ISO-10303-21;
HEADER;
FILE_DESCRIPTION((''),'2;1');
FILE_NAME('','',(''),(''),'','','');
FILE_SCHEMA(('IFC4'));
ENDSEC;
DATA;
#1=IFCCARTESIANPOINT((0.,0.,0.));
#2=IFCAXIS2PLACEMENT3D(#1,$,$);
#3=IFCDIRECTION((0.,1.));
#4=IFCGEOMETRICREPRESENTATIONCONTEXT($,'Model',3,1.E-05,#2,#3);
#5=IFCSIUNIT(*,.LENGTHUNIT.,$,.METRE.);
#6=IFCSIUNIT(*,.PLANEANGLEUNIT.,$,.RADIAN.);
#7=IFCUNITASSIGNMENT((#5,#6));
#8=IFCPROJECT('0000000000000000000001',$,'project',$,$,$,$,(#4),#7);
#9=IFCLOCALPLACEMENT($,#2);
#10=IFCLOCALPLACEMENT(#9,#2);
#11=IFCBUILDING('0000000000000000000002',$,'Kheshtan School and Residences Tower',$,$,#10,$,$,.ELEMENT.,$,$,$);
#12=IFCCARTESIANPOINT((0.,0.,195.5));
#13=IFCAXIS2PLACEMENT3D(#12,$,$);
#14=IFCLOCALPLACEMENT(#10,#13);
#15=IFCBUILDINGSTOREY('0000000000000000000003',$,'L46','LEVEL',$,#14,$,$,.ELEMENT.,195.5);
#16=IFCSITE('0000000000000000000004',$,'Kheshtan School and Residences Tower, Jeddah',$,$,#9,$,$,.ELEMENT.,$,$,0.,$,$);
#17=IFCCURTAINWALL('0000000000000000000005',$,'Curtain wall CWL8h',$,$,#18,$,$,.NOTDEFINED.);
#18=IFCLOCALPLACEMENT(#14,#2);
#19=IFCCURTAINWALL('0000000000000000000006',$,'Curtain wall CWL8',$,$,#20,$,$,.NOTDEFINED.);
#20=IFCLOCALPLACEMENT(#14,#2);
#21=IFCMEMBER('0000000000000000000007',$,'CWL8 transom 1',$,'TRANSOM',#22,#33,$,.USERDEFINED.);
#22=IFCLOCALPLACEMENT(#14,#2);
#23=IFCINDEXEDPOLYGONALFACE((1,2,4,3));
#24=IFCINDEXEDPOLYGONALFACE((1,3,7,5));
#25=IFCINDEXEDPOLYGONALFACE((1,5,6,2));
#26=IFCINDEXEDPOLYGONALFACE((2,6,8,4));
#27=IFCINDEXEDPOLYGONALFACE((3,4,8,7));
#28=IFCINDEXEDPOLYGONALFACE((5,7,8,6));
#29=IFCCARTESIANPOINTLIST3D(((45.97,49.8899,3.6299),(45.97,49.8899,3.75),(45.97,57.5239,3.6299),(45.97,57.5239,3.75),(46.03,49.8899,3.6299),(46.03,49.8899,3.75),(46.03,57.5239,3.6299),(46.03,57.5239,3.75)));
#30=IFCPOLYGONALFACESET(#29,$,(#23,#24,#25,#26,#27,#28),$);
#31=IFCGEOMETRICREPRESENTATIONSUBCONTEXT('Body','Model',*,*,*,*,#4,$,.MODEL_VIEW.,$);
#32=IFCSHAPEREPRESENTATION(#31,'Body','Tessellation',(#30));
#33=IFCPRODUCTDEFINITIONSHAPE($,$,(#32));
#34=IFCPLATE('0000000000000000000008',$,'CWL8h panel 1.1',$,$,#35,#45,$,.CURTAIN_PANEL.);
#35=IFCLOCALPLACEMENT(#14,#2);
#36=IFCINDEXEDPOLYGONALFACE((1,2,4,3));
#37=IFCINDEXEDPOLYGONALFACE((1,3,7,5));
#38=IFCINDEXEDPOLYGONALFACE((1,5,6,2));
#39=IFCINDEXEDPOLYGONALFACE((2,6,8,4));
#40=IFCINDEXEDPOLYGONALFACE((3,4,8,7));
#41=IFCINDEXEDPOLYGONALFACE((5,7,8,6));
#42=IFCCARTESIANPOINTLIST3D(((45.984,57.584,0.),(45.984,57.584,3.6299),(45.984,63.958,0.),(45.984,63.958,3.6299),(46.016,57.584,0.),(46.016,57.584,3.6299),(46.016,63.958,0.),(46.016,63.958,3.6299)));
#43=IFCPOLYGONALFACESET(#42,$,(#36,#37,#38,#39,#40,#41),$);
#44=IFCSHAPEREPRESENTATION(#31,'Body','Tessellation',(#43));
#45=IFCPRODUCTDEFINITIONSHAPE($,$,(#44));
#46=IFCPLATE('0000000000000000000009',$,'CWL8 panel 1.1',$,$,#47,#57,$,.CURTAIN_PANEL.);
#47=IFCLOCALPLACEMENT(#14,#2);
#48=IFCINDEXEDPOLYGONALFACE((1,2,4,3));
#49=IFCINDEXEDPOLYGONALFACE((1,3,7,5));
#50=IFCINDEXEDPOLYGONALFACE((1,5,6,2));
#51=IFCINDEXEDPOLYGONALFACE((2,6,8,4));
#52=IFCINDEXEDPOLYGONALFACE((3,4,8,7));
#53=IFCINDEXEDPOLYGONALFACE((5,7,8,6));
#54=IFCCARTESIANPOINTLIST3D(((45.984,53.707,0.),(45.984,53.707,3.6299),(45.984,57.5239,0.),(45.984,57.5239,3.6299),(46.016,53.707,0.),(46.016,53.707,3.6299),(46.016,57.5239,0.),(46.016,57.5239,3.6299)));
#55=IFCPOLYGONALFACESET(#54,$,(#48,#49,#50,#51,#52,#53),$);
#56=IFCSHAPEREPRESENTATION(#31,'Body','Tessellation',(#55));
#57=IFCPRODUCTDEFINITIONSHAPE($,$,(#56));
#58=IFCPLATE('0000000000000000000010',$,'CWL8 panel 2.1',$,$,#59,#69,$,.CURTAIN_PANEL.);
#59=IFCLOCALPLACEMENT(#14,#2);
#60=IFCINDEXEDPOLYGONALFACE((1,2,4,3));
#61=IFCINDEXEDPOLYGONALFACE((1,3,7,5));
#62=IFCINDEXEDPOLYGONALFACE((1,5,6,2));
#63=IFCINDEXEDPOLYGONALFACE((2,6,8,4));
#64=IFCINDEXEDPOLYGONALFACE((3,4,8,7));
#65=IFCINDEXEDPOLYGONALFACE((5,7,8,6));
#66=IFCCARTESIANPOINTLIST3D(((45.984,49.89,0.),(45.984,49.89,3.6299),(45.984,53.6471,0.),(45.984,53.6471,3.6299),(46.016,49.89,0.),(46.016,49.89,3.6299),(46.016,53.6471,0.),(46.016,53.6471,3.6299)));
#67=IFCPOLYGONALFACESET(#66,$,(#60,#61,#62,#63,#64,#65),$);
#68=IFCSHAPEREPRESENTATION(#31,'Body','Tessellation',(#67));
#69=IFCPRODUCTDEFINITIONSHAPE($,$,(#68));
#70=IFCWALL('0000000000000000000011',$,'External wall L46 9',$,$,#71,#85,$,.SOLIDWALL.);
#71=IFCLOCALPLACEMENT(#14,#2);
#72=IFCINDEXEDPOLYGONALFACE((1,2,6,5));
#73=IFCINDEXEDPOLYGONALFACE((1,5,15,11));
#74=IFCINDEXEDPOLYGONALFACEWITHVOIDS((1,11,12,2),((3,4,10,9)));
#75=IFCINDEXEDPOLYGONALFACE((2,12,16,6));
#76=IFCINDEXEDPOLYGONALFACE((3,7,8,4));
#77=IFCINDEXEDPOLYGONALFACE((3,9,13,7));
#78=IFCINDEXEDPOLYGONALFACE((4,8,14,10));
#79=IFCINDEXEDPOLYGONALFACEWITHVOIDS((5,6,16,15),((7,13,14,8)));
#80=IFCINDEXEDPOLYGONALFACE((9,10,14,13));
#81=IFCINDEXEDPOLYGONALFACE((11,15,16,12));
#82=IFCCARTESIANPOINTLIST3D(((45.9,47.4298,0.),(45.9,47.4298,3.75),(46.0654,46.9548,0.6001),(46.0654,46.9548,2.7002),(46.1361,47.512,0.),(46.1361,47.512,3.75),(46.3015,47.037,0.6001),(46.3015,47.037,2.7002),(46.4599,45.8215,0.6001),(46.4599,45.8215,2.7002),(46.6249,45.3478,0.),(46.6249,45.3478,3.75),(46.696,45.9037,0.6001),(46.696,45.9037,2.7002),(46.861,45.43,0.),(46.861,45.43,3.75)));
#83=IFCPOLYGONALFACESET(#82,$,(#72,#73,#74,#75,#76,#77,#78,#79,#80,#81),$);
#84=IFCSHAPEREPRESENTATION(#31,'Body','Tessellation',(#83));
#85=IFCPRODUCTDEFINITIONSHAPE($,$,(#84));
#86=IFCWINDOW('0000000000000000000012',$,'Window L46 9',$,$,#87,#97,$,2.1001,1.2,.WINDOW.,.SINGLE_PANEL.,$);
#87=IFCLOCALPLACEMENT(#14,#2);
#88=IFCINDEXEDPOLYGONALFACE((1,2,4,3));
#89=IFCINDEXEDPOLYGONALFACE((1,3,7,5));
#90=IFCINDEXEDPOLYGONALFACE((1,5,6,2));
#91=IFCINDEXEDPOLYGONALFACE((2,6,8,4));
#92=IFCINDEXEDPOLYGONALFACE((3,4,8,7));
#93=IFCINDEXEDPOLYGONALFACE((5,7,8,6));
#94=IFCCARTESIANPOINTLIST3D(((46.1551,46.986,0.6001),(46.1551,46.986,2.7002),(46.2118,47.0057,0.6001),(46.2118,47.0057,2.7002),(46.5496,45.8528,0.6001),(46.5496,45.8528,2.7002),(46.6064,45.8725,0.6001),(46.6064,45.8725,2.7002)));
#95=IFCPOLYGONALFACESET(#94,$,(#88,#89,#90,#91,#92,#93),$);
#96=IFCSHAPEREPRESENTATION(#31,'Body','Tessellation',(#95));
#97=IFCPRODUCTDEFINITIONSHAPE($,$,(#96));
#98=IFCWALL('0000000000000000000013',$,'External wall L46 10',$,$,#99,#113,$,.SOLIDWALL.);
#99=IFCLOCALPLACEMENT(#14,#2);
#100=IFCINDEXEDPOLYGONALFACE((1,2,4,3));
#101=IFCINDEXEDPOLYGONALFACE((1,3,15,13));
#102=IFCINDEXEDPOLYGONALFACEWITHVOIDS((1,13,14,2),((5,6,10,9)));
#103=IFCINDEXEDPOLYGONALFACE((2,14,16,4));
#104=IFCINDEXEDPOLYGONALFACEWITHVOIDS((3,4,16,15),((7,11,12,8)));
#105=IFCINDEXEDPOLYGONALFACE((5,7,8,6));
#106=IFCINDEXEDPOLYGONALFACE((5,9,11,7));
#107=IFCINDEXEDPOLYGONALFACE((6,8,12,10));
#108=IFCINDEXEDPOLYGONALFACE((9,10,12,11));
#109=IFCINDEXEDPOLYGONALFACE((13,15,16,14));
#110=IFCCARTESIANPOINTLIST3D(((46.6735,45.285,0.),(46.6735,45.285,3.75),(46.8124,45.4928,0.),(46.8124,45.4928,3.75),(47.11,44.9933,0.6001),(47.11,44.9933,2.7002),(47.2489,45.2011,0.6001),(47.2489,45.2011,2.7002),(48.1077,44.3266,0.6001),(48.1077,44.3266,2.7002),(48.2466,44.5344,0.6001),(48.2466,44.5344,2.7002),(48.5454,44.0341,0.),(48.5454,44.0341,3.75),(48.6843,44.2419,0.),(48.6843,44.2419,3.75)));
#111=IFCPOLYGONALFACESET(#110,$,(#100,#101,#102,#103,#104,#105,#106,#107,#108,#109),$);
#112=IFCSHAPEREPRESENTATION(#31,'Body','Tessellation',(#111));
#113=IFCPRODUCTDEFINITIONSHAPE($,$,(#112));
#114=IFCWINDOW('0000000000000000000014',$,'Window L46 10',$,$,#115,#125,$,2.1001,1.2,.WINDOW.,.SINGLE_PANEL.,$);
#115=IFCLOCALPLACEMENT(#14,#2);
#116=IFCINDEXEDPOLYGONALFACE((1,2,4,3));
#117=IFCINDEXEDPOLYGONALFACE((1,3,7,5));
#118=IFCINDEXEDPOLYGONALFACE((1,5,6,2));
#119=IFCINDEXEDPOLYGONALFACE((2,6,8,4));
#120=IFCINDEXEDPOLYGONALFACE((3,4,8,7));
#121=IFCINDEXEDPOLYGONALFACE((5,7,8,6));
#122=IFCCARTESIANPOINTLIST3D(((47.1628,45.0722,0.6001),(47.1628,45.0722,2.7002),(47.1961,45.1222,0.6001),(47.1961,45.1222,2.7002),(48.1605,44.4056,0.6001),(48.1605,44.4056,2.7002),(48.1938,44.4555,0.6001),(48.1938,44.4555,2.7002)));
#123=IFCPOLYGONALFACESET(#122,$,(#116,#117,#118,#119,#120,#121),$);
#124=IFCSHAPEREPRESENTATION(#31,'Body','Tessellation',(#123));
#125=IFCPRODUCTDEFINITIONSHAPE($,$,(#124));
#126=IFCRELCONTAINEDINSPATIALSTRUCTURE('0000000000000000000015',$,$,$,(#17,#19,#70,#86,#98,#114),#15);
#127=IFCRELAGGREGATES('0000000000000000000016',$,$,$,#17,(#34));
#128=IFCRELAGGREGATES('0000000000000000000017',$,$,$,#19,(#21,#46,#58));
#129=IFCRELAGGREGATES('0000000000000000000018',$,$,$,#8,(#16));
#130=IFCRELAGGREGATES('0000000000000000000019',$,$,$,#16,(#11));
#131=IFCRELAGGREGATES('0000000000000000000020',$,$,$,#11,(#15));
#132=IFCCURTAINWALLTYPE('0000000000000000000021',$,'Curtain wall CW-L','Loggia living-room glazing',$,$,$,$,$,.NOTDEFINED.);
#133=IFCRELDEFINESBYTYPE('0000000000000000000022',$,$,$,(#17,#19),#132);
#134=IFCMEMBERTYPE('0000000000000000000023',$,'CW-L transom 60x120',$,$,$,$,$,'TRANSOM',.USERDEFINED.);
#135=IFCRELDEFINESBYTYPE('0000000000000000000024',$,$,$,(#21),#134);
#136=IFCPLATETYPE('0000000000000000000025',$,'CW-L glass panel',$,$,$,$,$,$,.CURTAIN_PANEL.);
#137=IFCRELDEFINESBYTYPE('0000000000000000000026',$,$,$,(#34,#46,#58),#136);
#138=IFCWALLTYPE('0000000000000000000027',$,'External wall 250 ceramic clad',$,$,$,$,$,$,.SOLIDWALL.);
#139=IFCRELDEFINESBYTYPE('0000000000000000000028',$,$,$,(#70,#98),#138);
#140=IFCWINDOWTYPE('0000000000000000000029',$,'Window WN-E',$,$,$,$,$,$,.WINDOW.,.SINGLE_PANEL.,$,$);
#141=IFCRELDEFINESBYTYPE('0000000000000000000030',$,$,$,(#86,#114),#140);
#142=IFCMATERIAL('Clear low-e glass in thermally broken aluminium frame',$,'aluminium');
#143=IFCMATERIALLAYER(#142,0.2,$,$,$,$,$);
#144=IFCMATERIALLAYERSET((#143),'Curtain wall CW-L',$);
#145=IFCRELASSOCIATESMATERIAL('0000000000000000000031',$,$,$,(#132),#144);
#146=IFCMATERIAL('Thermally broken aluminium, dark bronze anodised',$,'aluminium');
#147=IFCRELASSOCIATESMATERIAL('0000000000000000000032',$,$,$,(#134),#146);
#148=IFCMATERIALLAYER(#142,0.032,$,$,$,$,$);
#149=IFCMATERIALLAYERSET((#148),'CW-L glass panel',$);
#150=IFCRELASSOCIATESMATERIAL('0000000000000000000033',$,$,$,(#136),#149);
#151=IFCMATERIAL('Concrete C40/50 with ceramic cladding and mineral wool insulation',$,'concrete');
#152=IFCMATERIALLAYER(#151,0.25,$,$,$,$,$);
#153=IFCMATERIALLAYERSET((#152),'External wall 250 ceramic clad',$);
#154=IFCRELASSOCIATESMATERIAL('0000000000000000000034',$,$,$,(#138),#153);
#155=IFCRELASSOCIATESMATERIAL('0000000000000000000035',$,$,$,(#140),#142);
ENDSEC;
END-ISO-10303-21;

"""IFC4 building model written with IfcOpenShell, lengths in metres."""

from ifc_helpers import new_model, si_unit, direction, frame, frame_2d, origin, origin_2d, place, context, subcontext, project, spatial, rectangle, extrude, source, transform, mapped, material, layer, layer_set, material_profile, profile_set, type_object, element, fill, aggregate, save


model = new_model("IFC4")

# Units and contexts
model_context = context("Model", 3, precision=1e-05, world=origin(), true_north=direction((0.0, 1.0)))
body_context = subcontext(model_context, "Body", "Model", "MODEL_VIEW")
ifc_project = project(units=[si_unit("LENGTHUNIT", "METRE"), si_unit("PLANEANGLEUNIT", "RADIAN")], contexts=[model_context])

# Site, building, storey
site_placement = place(None, origin())
site = spatial("IfcSite", under=ifc_project, at=site_placement, Name="Kheshtan School and Residences Tower, Jeddah", CompositionType="ELEMENT", RefElevation=0.0)
building_placement = place(site_placement, origin())
building = spatial("IfcBuilding", under=site, at=building_placement, Name="Kheshtan School and Residences Tower", CompositionType="ELEMENT")
storey_placement = place(building_placement, frame((0.0, 0.0, 195.5)))
storey = spatial("IfcBuildingStorey", under=building, at=storey_placement, Name="L46", Description="LEVEL", CompositionType="ELEMENT", Elevation=195.5)

# Curtain wall
ifc_material_1 = material(Name="Clear low-e glass in thermally broken aluminium frame", Category="aluminium")
ifc_layer_1 = layer(ifc_material_1, 0.2)
ifc_layer_set_1 = layer_set([ifc_layer_1], Name="Curtain wall CW-L")
curtain_wall_type = type_object("IfcCurtainWallType", Name="Curtain wall CW-L", Description="Loggia living-room glazing", PredefinedType="NOTDEFINED", material=ifc_layer_set_1)
curtain_wall_1_placement = place(storey_placement, origin())
curtain_wall_1 = element("IfcCurtainWall", 1, at=curtain_wall_1_placement, inside=storey, type_object=curtain_wall_type, Name="Curtain wall CWL8h", PredefinedType="NOTDEFINED")
ifc_material_2 = material(Name="Thermally broken aluminium, dark bronze anodised", Category="aluminium")

# Curtain wall, member
curtain_wall_2_placement = place(storey_placement, origin())
curtain_wall_2 = element("IfcCurtainWall", 2, at=curtain_wall_2_placement, inside=storey, type_object=curtain_wall_type, Name="Curtain wall CWL8", PredefinedType="NOTDEFINED")
ifc_material_profile_1 = material_profile(ifc_material_2, rectangle(XDim=0.0601, YDim=0.1201, at=origin_2d()), Name="CW-L transom 60x120")
ifc_profile_set_1 = profile_set([ifc_material_profile_1], Name="Thermally broken aluminium, dark bronze anodised")
member_type_1 = type_object("IfcMemberType", Name="CW-L transom 60x120", ElementType="TRANSOM", PredefinedType="USERDEFINED", material=ifc_profile_set_1)
member_1_placement = place(storey_placement, frame((46.0, 57.5239, 3.6899), z_axis=(0.0, -1.0, 0.0), x_axis=(1.0, 0.0, 0.0)))
member_1 = element("IfcMember", 3, at=member_1_placement, type_object=member_type_1, Name="CWL8 transom 1", ObjectType="TRANSOM", PredefinedType="USERDEFINED", context=body_context, shape_type="SweptSolid", body=[
    extrude(rectangle(XDim=0.0601, YDim=0.1201, at=origin_2d()), origin(), (0.0, 0.0, 1.0), 7.634),
])

# Plates
ifc_layer_2 = layer(ifc_material_1, 0.032)
ifc_layer_set_2 = layer_set([ifc_layer_2], Name="CW-L glass panel")
plate_type = type_object("IfcPlateType", Name="CW-L glass panel", PredefinedType="CURTAIN_PANEL", material=ifc_layer_set_2)
plate_1_placement = place(storey_placement, frame((46.0, 60.771, 0.0), z_axis=(0.0, 0.0, 1.0), x_axis=(0.0, -1.0, 0.0)))
plate_1 = element("IfcPlate", 4, at=plate_1_placement, type_object=plate_type, Name="CWL8h panel 1.1", PredefinedType="CURTAIN_PANEL", context=body_context, shape_type="SweptSolid", body=[
    extrude(rectangle(XDim=6.374, YDim=0.032, at=origin_2d()), origin(), (0.0, 0.0, 1.0), 3.6299),
])
aggregate(curtain_wall_1, [plate_1])
plate_2_placement = place(storey_placement, frame((46.0, 55.6155, 0.0), z_axis=(0.0, 0.0, 1.0), x_axis=(0.0, -1.0, 0.0)))
plate_2 = element("IfcPlate", 5, at=plate_2_placement, type_object=plate_type, Name="CWL8 panel 1.1", PredefinedType="CURTAIN_PANEL", context=body_context, shape_type="SweptSolid", body=[
    extrude(rectangle(XDim=3.8169, YDim=0.032, at=origin_2d()), origin(), (0.0, 0.0, 1.0), 3.6299),
])
plate_3_placement = place(storey_placement, frame((46.0, 51.7686, 0.0), z_axis=(0.0, 0.0, 1.0), x_axis=(0.0, -1.0, 0.0)))
plate_3 = element("IfcPlate", 6, at=plate_3_placement, type_object=plate_type, Name="CWL8 panel 2.1", PredefinedType="CURTAIN_PANEL", context=body_context, shape_type="SweptSolid", body=[
    extrude(rectangle(XDim=3.7571, YDim=0.032, at=origin_2d()), origin(), (0.0, 0.0, 1.0), 3.6299),
])
aggregate(curtain_wall_2, [member_1, plate_2, plate_3])

# Walls, openings, windows
ifc_material_3 = material(Name="Concrete C40/50 with ceramic cladding and mineral wool insulation", Category="concrete")
ifc_layer_3 = layer(ifc_material_3, 0.25)
ifc_layer_set_3 = layer_set([ifc_layer_3], Name="External wall 250 ceramic clad")
wall_type_1 = type_object("IfcWallType", Name="External wall 250 ceramic clad", PredefinedType="SOLIDWALL", material=ifc_layer_set_3)
wall_1_placement = place(storey_placement, frame((46.0181, 47.4709, 0.0), z_axis=(0.0, 0.0, 1.0), x_axis=(0.328791, -0.944403, 0.0)))
wall_1 = element("IfcWall", 7, at=wall_1_placement, inside=storey, type_object=wall_type_1, Name="External wall L46 9", PredefinedType="SOLIDWALL", context=body_context, shape_type="SweptSolid", body=[
    extrude(rectangle(XDim=2.2046, YDim=0.25, at=frame_2d((1.1023, 0.0))), origin(), (0.0, 0.0, 1.0), 3.75),
])
opening_1_placement = place(wall_1_placement, frame((0.5029, 0.0, 0.6001)))
opening_1 = element("IfcOpeningElement", 8, at=opening_1_placement, cuts=wall_1, PredefinedType="OPENING", context=body_context, shape_type="SweptSolid", body=[
    extrude(rectangle(XDim=1.2, YDim=2.1001, at=frame_2d((0.6001, 1.05))), frame((0.0, 0.135, 0.0), z_axis=(0.0, -1.0, 0.0), x_axis=(1.0, 0.0, 0.0)), (0.0, 0.0, 1.0), 0.27),
])
window_type = type_object("IfcWindowType", Name="Window WN-E", PartitioningType="SINGLE_PANEL", PredefinedType="WINDOW", material=ifc_material_1)
shared_shape_1 = source(origin(), body_context, "Body", "SweptSolid", [
    extrude(rectangle(XDim=1.2, YDim=2.1001, at=frame_2d((0.6001, 1.05))), frame((0.0, 0.03, 0.0), z_axis=(0.0, -1.0, 0.0), x_axis=(1.0, 0.0, 0.0)), (0.0, 0.0, 1.0), 0.0601),
])
window_1_placement = place(opening_1_placement, origin())
window_1 = element("IfcWindow", 9, at=window_1_placement, inside=storey, type_object=window_type, Name="Window L46 9", OverallHeight=2.1001, OverallWidth=1.2, PartitioningType="SINGLE_PANEL", PredefinedType="WINDOW", context=body_context, shape_type="MappedRepresentation", body=[
    mapped(shared_shape_1, transform((0.0, 0.0, 0.0), x_axis=(1.0, 0.0, 0.0), y_axis=(0.0, 1.0, 0.0), z_axis=(0.0, 0.0, 1.0), scale=1.0)),
])
fill(opening_1, window_1)
wall_2_placement = place(storey_placement, frame((46.7429, 45.3889, 0.0), z_axis=(0.0, 0.0, 1.0), x_axis=(0.831449, -0.555601, 0.0)))
wall_2 = element("IfcWall", 10, at=wall_2_placement, inside=storey, type_object=wall_type_1, Name="External wall L46 10", PredefinedType="SOLIDWALL", context=body_context, shape_type="SweptSolid", body=[
    extrude(rectangle(XDim=2.2515, YDim=0.25, at=frame_2d((1.1257, 0.0))), origin(), (0.0, 0.0, 1.0), 3.75),
])
opening_2_placement = place(wall_2_placement, frame((0.5249, 0.0, 0.6001)))
opening_2 = element("IfcOpeningElement", 11, at=opening_2_placement, cuts=wall_2, PredefinedType="OPENING", context=body_context, shape_type="SweptSolid", body=[
    extrude(rectangle(XDim=1.2, YDim=2.1001, at=frame_2d((0.6001, 1.05))), frame((0.0, 0.135, 0.0), z_axis=(0.0, -1.0, 0.0), x_axis=(1.0, 0.0, 0.0)), (0.0, 0.0, 1.0), 0.27),
])
window_2_placement = place(opening_2_placement, origin())
window_2 = element("IfcWindow", 12, at=window_2_placement, inside=storey, type_object=window_type, Name="Window L46 10", OverallHeight=2.1001, OverallWidth=1.2, PartitioningType="SINGLE_PANEL", PredefinedType="WINDOW", context=body_context, shape_type="MappedRepresentation", body=[
    mapped(shared_shape_1, transform((0.0, 0.0, 0.0), x_axis=(1.0, 0.0, 0.0), y_axis=(0.0, 1.0, 0.0), z_axis=(0.0, 0.0, 1.0), scale=1.0)),
])
fill(opening_2, window_2)

save(model, "model.ifc")
